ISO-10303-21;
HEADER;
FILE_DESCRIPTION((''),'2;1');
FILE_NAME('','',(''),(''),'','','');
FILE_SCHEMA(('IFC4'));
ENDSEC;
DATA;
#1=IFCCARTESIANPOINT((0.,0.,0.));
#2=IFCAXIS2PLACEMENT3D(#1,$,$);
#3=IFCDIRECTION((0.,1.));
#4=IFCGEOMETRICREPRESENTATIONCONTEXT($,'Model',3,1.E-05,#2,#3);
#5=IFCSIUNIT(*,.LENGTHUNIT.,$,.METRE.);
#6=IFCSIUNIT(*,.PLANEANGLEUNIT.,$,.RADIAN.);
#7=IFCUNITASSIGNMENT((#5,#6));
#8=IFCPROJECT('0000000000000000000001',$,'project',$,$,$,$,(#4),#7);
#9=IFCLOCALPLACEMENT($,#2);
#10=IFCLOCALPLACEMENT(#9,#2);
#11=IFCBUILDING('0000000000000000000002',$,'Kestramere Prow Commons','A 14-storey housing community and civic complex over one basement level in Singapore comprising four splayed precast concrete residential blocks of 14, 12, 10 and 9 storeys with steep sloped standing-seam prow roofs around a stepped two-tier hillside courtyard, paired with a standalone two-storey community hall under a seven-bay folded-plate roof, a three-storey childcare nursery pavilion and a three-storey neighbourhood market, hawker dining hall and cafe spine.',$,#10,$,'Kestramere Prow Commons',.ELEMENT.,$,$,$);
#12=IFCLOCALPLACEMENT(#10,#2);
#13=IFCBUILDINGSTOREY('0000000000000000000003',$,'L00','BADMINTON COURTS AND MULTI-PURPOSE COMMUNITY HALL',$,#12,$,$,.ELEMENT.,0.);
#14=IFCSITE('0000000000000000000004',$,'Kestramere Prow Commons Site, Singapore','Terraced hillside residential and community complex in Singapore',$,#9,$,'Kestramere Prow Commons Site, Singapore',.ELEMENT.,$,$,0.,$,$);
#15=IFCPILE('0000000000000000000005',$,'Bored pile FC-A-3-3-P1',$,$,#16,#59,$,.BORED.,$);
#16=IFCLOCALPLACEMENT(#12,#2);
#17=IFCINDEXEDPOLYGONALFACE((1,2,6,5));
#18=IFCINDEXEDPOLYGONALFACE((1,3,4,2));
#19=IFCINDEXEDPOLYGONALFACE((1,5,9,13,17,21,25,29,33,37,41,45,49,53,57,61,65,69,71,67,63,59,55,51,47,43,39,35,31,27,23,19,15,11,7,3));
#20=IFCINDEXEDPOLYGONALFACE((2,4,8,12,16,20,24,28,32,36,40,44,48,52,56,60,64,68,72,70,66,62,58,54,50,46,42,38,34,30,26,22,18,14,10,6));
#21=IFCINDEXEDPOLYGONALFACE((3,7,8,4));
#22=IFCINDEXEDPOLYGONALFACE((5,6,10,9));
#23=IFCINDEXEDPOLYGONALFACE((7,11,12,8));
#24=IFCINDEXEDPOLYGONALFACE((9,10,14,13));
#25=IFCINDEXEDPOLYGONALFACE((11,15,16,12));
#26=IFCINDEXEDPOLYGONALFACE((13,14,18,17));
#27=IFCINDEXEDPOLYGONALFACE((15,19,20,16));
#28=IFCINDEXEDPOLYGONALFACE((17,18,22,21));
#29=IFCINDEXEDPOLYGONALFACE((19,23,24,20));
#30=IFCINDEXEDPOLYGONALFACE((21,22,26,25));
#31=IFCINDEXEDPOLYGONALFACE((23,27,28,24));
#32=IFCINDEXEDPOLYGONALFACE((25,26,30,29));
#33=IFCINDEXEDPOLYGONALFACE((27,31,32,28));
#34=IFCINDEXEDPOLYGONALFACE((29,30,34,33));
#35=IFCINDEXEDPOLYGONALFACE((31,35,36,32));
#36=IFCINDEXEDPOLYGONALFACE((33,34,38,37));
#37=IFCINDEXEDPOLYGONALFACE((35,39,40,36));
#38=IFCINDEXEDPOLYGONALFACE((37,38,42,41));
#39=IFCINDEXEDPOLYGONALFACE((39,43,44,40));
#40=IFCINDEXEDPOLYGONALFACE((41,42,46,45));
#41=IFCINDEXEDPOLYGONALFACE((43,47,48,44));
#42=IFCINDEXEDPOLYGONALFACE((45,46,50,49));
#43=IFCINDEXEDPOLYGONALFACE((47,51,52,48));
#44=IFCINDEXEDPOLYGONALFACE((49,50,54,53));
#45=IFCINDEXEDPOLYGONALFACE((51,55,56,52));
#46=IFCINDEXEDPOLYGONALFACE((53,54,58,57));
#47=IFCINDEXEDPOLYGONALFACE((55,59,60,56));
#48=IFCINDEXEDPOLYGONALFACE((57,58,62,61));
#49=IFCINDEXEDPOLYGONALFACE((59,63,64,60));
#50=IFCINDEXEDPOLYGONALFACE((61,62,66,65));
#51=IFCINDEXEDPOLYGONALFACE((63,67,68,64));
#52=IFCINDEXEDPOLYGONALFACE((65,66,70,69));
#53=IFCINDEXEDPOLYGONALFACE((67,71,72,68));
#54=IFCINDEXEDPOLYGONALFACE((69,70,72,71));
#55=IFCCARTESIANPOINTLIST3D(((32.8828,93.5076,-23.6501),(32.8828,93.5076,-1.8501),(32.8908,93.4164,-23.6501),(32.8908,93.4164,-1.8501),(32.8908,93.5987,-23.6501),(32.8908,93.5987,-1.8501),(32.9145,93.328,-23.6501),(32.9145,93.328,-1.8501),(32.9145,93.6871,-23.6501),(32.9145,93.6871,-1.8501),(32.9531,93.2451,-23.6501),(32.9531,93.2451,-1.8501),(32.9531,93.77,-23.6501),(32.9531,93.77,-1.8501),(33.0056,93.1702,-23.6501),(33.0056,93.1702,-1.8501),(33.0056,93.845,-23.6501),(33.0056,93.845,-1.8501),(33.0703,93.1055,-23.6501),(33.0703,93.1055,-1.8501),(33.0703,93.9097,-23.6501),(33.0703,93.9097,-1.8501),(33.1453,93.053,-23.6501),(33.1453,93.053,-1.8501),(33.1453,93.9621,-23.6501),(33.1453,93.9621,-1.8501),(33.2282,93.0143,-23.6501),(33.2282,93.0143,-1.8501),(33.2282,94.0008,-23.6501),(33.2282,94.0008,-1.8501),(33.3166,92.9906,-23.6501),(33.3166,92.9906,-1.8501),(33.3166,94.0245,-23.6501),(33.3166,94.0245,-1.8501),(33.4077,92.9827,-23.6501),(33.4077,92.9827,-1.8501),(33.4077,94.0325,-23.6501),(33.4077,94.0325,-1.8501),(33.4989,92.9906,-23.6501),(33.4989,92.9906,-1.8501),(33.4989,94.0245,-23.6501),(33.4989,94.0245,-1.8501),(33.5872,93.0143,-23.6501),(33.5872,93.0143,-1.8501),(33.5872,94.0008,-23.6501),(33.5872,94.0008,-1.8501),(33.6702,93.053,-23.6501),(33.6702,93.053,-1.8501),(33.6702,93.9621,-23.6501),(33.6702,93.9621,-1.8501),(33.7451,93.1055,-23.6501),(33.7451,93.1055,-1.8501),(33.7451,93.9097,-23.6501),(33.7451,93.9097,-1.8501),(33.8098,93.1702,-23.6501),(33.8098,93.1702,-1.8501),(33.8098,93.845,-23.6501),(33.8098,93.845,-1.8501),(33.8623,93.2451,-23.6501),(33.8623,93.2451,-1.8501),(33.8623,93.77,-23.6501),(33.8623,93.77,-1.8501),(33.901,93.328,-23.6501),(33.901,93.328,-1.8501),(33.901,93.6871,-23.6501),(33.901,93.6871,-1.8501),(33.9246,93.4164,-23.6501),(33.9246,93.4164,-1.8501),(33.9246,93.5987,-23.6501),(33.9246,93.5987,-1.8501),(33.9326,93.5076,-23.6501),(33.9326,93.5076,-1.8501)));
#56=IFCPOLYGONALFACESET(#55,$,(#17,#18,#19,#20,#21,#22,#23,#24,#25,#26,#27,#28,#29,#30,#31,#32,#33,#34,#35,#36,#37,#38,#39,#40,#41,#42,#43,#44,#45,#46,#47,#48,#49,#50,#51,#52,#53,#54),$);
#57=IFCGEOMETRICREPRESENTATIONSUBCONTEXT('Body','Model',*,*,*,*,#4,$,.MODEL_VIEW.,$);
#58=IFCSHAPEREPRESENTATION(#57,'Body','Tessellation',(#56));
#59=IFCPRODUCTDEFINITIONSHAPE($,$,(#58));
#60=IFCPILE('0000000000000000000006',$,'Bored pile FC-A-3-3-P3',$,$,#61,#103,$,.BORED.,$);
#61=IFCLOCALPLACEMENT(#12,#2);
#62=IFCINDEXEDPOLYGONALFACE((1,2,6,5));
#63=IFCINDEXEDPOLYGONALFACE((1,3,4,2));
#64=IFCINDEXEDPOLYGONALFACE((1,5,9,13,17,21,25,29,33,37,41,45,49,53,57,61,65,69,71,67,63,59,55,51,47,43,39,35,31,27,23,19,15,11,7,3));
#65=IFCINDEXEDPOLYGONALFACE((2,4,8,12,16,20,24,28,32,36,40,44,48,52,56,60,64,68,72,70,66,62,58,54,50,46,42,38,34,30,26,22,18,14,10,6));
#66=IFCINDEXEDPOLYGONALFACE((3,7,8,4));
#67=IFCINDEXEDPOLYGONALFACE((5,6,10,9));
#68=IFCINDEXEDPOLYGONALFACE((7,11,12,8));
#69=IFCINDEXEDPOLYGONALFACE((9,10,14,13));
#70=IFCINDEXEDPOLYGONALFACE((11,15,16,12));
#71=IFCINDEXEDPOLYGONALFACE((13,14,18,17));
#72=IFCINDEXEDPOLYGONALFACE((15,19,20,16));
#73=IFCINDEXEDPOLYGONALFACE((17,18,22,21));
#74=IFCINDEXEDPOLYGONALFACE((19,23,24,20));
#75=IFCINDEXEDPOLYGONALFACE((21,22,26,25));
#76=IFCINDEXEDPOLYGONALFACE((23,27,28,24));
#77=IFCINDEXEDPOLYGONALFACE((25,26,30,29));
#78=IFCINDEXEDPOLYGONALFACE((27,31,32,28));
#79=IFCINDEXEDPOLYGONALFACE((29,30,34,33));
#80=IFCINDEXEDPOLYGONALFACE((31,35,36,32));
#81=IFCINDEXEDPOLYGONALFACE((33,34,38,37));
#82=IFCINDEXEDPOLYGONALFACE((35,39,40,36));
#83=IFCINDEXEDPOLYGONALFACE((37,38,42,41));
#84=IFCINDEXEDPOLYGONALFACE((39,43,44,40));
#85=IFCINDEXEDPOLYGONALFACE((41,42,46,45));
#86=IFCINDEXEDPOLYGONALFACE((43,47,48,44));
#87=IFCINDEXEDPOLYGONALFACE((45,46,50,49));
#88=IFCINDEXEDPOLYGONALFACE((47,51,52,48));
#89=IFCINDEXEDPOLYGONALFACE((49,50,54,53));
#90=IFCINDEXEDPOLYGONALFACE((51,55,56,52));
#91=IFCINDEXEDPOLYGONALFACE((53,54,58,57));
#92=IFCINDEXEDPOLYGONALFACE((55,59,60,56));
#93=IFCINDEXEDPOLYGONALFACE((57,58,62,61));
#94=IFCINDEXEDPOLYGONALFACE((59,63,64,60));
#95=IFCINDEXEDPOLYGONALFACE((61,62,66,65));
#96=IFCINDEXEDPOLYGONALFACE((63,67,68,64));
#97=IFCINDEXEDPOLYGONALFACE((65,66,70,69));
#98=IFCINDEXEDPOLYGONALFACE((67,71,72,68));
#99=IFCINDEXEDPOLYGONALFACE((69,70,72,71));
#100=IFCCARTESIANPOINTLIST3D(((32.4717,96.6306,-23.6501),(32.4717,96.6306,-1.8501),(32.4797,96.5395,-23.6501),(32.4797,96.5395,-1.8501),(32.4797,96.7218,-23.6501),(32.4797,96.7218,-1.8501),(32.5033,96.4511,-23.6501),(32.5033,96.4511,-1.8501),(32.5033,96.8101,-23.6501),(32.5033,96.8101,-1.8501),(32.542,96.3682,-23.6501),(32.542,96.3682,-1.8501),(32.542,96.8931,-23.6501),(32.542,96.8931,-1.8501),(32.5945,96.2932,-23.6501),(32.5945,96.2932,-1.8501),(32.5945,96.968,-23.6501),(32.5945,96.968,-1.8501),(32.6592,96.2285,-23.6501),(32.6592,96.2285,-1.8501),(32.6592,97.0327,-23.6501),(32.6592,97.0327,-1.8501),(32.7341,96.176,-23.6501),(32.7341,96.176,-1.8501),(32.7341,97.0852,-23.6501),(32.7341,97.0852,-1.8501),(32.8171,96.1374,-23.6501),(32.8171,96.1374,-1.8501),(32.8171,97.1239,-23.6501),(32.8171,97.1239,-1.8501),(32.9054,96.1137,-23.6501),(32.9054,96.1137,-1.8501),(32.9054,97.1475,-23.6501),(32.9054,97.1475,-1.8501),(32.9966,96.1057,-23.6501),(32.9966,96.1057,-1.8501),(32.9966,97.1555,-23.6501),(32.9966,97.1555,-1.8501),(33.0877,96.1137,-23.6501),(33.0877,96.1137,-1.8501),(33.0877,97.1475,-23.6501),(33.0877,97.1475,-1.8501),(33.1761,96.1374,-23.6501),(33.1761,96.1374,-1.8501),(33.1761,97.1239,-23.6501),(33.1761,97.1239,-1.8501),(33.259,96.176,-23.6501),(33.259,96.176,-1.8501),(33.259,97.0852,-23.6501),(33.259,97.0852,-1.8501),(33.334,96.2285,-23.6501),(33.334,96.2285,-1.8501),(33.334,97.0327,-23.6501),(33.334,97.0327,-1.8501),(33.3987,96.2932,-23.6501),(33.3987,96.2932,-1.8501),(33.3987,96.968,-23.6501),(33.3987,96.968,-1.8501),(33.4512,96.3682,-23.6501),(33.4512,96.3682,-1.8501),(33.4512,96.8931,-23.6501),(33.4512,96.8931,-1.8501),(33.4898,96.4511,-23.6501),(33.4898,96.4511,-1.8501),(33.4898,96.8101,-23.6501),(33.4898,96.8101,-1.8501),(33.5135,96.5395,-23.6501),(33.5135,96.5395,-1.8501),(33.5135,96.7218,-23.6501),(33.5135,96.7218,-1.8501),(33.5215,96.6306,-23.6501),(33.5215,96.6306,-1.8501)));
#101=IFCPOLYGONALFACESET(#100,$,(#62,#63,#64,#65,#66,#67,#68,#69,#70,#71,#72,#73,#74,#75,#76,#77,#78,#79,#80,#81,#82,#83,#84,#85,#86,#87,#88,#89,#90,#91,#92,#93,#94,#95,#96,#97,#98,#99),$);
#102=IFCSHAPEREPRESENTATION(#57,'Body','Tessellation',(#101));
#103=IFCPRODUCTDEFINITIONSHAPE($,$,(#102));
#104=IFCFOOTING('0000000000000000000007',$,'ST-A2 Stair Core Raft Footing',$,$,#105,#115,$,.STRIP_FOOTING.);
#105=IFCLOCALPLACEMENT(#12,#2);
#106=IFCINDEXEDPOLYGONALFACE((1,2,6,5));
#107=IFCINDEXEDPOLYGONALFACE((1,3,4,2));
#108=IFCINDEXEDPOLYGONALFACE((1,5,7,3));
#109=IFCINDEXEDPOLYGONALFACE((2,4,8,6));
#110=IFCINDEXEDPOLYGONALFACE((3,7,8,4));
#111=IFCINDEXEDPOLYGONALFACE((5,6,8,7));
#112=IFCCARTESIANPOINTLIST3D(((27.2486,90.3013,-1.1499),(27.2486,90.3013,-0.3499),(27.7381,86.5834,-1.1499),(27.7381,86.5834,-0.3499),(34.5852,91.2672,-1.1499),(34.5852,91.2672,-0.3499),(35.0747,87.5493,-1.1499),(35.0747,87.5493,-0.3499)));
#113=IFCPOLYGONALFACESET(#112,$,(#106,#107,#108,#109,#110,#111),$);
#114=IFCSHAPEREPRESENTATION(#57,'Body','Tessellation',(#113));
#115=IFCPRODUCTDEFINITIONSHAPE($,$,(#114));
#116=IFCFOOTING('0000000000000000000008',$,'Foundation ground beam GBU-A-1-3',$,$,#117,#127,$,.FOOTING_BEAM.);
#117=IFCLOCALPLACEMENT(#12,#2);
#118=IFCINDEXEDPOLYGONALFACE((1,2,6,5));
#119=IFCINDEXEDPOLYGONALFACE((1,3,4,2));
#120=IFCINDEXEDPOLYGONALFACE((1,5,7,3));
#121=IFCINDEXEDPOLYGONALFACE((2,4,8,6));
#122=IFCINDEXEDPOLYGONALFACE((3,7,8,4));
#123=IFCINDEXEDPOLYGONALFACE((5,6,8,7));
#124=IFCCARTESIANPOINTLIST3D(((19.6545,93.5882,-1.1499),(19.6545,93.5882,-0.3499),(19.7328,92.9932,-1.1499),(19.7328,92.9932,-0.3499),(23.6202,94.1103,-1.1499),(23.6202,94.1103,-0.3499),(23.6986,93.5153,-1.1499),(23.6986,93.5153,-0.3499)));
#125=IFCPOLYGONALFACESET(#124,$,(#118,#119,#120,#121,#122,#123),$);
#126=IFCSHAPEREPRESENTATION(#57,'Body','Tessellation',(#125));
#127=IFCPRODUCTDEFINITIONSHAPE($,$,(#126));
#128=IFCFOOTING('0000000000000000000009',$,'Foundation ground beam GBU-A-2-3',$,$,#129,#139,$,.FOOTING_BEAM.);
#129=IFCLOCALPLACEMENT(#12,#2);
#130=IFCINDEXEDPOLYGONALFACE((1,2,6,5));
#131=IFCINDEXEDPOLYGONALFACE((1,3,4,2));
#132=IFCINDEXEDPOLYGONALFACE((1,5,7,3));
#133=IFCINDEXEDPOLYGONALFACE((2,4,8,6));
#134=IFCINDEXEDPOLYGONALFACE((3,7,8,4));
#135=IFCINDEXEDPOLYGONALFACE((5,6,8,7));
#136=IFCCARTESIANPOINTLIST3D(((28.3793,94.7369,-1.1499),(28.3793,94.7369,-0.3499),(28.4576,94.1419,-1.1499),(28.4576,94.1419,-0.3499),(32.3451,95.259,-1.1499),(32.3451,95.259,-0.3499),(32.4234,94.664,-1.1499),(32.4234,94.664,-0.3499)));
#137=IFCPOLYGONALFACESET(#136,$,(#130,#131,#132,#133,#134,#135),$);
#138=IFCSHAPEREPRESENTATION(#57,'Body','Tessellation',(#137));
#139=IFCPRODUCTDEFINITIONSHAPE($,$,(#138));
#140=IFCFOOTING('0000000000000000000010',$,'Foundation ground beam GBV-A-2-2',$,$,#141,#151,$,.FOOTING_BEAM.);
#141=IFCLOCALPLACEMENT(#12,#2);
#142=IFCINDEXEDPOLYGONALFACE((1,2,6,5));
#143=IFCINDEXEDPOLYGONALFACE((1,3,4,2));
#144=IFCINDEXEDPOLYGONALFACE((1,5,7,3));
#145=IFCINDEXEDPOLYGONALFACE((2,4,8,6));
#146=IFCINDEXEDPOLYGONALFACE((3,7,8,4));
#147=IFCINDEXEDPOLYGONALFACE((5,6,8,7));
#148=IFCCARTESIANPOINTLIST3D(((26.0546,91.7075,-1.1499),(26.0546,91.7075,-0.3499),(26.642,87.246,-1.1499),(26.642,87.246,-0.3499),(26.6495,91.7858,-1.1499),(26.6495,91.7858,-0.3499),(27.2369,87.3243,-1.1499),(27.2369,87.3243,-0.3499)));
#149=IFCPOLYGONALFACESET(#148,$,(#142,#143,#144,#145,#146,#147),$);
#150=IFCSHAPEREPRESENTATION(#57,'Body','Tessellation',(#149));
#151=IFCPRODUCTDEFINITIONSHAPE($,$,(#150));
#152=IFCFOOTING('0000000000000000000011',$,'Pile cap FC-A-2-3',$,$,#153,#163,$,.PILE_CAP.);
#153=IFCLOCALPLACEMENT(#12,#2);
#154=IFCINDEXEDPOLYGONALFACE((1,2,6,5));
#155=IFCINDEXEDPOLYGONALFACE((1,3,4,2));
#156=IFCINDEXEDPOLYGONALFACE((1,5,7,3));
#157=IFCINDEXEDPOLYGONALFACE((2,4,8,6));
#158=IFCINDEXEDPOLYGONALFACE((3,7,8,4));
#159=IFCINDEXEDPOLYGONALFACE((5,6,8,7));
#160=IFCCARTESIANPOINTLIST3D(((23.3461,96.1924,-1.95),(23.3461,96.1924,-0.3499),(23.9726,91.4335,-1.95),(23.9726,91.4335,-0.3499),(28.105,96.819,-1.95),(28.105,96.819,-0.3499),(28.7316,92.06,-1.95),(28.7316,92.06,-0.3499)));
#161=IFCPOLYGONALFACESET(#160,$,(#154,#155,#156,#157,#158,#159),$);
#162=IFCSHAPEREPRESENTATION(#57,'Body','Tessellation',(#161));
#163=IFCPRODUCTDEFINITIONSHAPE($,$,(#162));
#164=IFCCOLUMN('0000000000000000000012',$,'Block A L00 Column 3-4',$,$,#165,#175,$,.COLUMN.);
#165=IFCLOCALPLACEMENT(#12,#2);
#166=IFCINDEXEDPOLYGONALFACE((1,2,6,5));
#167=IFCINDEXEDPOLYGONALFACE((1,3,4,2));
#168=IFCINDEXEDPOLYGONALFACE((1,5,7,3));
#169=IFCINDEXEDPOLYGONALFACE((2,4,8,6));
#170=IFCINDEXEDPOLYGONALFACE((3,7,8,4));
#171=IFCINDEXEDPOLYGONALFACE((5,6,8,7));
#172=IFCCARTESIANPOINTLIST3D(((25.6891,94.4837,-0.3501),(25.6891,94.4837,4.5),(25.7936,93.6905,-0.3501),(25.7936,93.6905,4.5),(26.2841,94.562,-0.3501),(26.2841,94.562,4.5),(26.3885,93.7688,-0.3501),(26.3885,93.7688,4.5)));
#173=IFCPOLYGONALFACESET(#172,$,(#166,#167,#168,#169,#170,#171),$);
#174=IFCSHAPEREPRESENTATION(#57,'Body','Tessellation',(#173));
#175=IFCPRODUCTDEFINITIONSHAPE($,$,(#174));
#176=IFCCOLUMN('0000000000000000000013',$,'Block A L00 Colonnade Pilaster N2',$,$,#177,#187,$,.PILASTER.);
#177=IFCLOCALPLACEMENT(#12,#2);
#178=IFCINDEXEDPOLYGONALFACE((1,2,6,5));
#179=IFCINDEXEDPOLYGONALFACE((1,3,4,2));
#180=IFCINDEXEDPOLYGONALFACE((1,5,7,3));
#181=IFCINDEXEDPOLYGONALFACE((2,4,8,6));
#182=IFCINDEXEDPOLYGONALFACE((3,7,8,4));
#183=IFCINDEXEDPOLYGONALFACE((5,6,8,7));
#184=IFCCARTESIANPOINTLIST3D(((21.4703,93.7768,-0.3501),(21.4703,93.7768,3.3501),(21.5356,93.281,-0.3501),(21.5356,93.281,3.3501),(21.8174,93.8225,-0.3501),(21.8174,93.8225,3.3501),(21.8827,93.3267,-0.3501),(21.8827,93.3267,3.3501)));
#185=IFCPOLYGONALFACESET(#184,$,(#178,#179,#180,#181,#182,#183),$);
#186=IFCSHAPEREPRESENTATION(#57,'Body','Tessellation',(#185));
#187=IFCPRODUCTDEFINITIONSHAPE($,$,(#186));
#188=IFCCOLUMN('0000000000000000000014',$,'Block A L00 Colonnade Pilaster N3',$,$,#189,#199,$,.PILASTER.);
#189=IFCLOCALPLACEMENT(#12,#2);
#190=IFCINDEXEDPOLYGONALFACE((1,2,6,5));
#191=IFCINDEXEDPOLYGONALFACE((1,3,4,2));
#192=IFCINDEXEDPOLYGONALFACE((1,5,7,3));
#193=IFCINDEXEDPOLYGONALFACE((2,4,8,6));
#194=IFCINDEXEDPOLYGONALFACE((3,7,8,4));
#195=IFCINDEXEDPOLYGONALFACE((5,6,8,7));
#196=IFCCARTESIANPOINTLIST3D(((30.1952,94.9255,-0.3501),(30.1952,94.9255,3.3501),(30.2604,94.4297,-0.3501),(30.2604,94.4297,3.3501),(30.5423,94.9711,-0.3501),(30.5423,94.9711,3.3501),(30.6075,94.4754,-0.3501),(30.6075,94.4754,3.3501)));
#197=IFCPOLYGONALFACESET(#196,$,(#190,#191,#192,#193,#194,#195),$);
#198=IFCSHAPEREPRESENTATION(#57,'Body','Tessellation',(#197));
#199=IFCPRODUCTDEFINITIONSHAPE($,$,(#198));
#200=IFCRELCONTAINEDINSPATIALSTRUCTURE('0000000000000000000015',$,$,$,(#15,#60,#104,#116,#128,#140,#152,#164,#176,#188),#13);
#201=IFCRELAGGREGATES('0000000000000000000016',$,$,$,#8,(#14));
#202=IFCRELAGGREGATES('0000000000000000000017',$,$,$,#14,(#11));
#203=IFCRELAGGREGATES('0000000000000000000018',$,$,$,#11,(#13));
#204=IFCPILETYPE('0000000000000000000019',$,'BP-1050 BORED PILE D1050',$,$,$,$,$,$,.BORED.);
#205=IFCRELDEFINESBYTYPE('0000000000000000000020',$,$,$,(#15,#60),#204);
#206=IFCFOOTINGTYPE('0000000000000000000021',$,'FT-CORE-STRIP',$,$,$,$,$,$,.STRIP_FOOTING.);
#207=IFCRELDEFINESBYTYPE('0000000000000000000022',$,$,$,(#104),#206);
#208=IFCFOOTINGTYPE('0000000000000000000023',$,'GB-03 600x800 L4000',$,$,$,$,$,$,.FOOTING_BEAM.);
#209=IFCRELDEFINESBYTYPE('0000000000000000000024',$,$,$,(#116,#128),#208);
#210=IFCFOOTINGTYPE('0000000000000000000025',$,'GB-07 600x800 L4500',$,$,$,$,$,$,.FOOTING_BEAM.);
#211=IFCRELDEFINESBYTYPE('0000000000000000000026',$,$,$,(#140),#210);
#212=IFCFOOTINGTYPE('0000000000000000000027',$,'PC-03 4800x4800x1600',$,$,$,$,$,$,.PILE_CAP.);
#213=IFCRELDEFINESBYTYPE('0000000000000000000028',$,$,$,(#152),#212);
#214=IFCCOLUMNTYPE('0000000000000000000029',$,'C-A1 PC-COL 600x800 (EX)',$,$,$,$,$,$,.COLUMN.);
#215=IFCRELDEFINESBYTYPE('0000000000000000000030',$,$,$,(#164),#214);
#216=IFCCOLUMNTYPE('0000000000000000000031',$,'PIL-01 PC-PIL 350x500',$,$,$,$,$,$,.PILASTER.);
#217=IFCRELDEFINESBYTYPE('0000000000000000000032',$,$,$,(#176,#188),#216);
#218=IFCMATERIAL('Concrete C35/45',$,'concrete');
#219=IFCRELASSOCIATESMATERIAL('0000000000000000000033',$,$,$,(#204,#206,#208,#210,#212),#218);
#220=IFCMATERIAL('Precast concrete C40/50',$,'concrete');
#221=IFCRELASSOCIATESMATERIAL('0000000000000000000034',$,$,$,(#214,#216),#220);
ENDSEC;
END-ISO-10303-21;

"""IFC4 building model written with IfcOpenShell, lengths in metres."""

from ifc_helpers import new_model, si_unit, direction, frame, origin, origin_2d, place, context, subcontext, project, spatial, rectangle, circle, extrude, material, material_profile, profile_set, type_object, element, save


model = new_model("IFC4")

# Units and contexts
model_context = context("Model", 3, precision=1e-05, world=origin(), true_north=direction((0.0, 1.0)))
body_context = subcontext(model_context, "Body", "Model", "MODEL_VIEW")
ifc_project = project(units=[si_unit("LENGTHUNIT", "METRE"), si_unit("PLANEANGLEUNIT", "RADIAN")], contexts=[model_context])

# Site, building, storey
site_placement = place(None, origin())
site = spatial("IfcSite", under=ifc_project, at=site_placement, Name="Kestramere Prow Commons Site, Singapore", Description="Terraced hillside residential and community complex in Singapore", LongName="Kestramere Prow Commons Site, Singapore", CompositionType="ELEMENT", RefElevation=0.0)
building_placement = place(site_placement, origin())
building = spatial("IfcBuilding", under=site, at=building_placement, Name="Kestramere Prow Commons", Description="A 14-storey housing community and civic complex over one basement level in Singapore comprising four splayed precast concrete residential blocks of 14, 12, 10 and 9 storeys with steep sloped standing-seam prow roofs around a stepped two-tier hillside courtyard, paired with a standalone two-storey community hall under a seven-bay folded-plate roof, a three-storey childcare nursery pavilion and a three-storey neighbourhood market, hawker dining hall and cafe spine.", LongName="Kestramere Prow Commons", CompositionType="ELEMENT")
storey_placement = place(building_placement, origin())
storey = spatial("IfcBuildingStorey", under=building, at=storey_placement, Name="L00", Description="BADMINTON COURTS AND MULTI-PURPOSE COMMUNITY HALL", CompositionType="ELEMENT", Elevation=0.0)

# Piles
ifc_material_1 = material(Name="Concrete C35/45", Category="concrete")
ifc_material_profile_1 = material_profile(ifc_material_1, circle(Radius=0.5249, at=origin_2d()), Name="BORED PILE D1050")
ifc_profile_set_1 = profile_set([ifc_material_profile_1], Name="Concrete C35/45")
pile_type = type_object("IfcPileType", Name="BP-1050 BORED PILE D1050", PredefinedType="BORED", material=ifc_profile_set_1)
for number, where, z_axis, x_axis, name in (
    (1, (33.4077, 93.5076, -1.8501), (0.0, 0.0, -1.0), (1.0, 0.0, 0.0), "Bored pile FC-A-3-3-P1"),
    (2, (32.9966, 96.6306, -1.8501), (0.0, 0.0, -1.0), (1.0, 0.0, 0.0), "Bored pile FC-A-3-3-P3"),
):
    element("IfcPile", number, at=place(storey_placement, frame(where, z_axis=z_axis, x_axis=x_axis)), inside=storey, type_object=pile_type, Name=name, PredefinedType="BORED", context=body_context, shape_type="SweptSolid", body=[
        extrude(circle(Radius=0.5249, at=origin_2d()), origin(), (0.0, 0.0, 1.0), 21.8),
    ])

# Footings
footing_type_1 = type_object("IfcFootingType", Name="FT-CORE-STRIP", PredefinedType="STRIP_FOOTING", material=ifc_material_1)
footing_1_placement = place(storey_placement, frame((31.1616, 88.9253, -1.1499), z_axis=(0.0, 0.0, 1.0), x_axis=(0.991445, 0.130526, 0.0)))
element("IfcFooting", 3, at=footing_1_placement, inside=storey, type_object=footing_type_1, Name="ST-A2 Stair Core Raft Footing", PredefinedType="STRIP_FOOTING", context=body_context, shape_type="SweptSolid", body=[
    extrude(rectangle(XDim=7.3999, YDim=3.75, at=origin_2d()), origin(), (0.0, 0.0, 1.0), 0.8),
])
footing_type_2 = type_object("IfcFootingType", Name="GB-03 600x800 L4000", PredefinedType="FOOTING_BEAM", material=ifc_material_1)
for number, where, z_axis, x_axis, name in (
    (4, (21.6765, 93.5518, -1.1499), (0.0, 0.0, 1.0), (0.991445, 0.130526, 0.0), "Foundation ground beam GBU-A-1-3"),
    (5, (30.4014, 94.7004, -1.1499), (0.0, 0.0, 1.0), (0.991445, 0.130526, 0.0), "Foundation ground beam GBU-A-2-3"),
):
    element("IfcFooting", number, at=place(storey_placement, frame(where, z_axis=z_axis, x_axis=x_axis)), inside=storey, type_object=footing_type_2, Name=name, PredefinedType="FOOTING_BEAM", context=body_context, shape_type="SweptSolid", body=[
        extrude(rectangle(XDim=4.0, YDim=0.6001, at=origin_2d()), origin(), (0.0, 0.0, 1.0), 0.8),
    ])
footing_type_3 = type_object("IfcFootingType", Name="GB-07 600x800 L4500", PredefinedType="FOOTING_BEAM", material=ifc_material_1)
footing_2_placement = place(storey_placement, frame((26.6458, 89.5159, -1.1499), z_axis=(0.0, 0.0, 1.0), x_axis=(-0.130526, 0.991445, 0.0)))
element("IfcFooting", 6, at=footing_2_placement, inside=storey, type_object=footing_type_3, Name="Foundation ground beam GBV-A-2-2", PredefinedType="FOOTING_BEAM", context=body_context, shape_type="SweptSolid", body=[
    extrude(rectangle(XDim=4.5, YDim=0.6001, at=origin_2d()), origin(), (0.0, 0.0, 1.0), 0.8),
])
footing_type_4 = type_object("IfcFootingType", Name="PC-03 4800x4800x1600", PredefinedType="PILE_CAP", material=ifc_material_1)
footing_3_placement = place(storey_placement, frame((26.0388, 94.1262, -1.95), z_axis=(0.0, 0.0, 1.0), x_axis=(0.991445, 0.130526, 0.0)))
element("IfcFooting", 7, at=footing_3_placement, inside=storey, type_object=footing_type_4, Name="Pile cap FC-A-2-3", PredefinedType="PILE_CAP", context=body_context, shape_type="SweptSolid", body=[
    extrude(rectangle(XDim=4.8, YDim=4.8, at=origin_2d()), origin(), (0.0, 0.0, 1.0), 1.6001),
])

# Columns
ifc_material_2 = material(Name="Precast concrete C40/50", Category="concrete")
ifc_material_profile_2 = material_profile(ifc_material_2, rectangle(XDim=0.6001, YDim=0.8, at=origin_2d()), Name="PC-COL 600x800")
ifc_profile_set_2 = profile_set([ifc_material_profile_2], Name="Precast concrete C40/50")
column_type_1 = type_object("IfcColumnType", Name="C-A1 PC-COL 600x800 (EX)", PredefinedType="COLUMN", material=ifc_profile_set_2)
column_placement = place(storey_placement, frame((26.0388, 94.1262, -0.3501), z_axis=(0.0, 0.0, 1.0), x_axis=(0.991445, 0.130526, 0.0)))
element("IfcColumn", 8, at=column_placement, inside=storey, type_object=column_type_1, Name="Block A L00 Column 3-4", PredefinedType="COLUMN", context=body_context, shape_type="SweptSolid", body=[
    extrude(rectangle(XDim=0.6001, YDim=0.8, at=origin_2d()), origin(), (0.0, 0.0, 1.0), 4.8501),
])
ifc_material_profile_3 = material_profile(ifc_material_2, rectangle(XDim=0.3501, YDim=0.5, at=origin_2d()), Name="PC-PIL 350x500")
ifc_profile_set_3 = profile_set([ifc_material_profile_3], Name="Precast concrete C40/50")
column_type_2 = type_object("IfcColumnType", Name="PIL-01 PC-PIL 350x500", PredefinedType="PILASTER", material=ifc_profile_set_3)
for number, where, z_axis, x_axis, name in (
    (9, (21.6765, 93.5518, -0.3501), (0.0, 0.0, 1.0), (0.991445, 0.130526, 0.0), "Block A L00 Colonnade Pilaster N2"),
    (10, (30.4014, 94.7004, -0.3501), (0.0, 0.0, 1.0), (0.991445, 0.130526, 0.0), "Block A L00 Colonnade Pilaster N3"),
):
    element("IfcColumn", number, at=place(storey_placement, frame(where, z_axis=z_axis, x_axis=x_axis)), inside=storey, type_object=column_type_2, Name=name, PredefinedType="PILASTER", context=body_context, shape_type="SweptSolid", body=[
        extrude(rectangle(XDim=0.3501, YDim=0.5, at=origin_2d()), origin(), (0.0, 0.0, 1.0), 3.7002),
    ])

save(model, "model.ifc")
